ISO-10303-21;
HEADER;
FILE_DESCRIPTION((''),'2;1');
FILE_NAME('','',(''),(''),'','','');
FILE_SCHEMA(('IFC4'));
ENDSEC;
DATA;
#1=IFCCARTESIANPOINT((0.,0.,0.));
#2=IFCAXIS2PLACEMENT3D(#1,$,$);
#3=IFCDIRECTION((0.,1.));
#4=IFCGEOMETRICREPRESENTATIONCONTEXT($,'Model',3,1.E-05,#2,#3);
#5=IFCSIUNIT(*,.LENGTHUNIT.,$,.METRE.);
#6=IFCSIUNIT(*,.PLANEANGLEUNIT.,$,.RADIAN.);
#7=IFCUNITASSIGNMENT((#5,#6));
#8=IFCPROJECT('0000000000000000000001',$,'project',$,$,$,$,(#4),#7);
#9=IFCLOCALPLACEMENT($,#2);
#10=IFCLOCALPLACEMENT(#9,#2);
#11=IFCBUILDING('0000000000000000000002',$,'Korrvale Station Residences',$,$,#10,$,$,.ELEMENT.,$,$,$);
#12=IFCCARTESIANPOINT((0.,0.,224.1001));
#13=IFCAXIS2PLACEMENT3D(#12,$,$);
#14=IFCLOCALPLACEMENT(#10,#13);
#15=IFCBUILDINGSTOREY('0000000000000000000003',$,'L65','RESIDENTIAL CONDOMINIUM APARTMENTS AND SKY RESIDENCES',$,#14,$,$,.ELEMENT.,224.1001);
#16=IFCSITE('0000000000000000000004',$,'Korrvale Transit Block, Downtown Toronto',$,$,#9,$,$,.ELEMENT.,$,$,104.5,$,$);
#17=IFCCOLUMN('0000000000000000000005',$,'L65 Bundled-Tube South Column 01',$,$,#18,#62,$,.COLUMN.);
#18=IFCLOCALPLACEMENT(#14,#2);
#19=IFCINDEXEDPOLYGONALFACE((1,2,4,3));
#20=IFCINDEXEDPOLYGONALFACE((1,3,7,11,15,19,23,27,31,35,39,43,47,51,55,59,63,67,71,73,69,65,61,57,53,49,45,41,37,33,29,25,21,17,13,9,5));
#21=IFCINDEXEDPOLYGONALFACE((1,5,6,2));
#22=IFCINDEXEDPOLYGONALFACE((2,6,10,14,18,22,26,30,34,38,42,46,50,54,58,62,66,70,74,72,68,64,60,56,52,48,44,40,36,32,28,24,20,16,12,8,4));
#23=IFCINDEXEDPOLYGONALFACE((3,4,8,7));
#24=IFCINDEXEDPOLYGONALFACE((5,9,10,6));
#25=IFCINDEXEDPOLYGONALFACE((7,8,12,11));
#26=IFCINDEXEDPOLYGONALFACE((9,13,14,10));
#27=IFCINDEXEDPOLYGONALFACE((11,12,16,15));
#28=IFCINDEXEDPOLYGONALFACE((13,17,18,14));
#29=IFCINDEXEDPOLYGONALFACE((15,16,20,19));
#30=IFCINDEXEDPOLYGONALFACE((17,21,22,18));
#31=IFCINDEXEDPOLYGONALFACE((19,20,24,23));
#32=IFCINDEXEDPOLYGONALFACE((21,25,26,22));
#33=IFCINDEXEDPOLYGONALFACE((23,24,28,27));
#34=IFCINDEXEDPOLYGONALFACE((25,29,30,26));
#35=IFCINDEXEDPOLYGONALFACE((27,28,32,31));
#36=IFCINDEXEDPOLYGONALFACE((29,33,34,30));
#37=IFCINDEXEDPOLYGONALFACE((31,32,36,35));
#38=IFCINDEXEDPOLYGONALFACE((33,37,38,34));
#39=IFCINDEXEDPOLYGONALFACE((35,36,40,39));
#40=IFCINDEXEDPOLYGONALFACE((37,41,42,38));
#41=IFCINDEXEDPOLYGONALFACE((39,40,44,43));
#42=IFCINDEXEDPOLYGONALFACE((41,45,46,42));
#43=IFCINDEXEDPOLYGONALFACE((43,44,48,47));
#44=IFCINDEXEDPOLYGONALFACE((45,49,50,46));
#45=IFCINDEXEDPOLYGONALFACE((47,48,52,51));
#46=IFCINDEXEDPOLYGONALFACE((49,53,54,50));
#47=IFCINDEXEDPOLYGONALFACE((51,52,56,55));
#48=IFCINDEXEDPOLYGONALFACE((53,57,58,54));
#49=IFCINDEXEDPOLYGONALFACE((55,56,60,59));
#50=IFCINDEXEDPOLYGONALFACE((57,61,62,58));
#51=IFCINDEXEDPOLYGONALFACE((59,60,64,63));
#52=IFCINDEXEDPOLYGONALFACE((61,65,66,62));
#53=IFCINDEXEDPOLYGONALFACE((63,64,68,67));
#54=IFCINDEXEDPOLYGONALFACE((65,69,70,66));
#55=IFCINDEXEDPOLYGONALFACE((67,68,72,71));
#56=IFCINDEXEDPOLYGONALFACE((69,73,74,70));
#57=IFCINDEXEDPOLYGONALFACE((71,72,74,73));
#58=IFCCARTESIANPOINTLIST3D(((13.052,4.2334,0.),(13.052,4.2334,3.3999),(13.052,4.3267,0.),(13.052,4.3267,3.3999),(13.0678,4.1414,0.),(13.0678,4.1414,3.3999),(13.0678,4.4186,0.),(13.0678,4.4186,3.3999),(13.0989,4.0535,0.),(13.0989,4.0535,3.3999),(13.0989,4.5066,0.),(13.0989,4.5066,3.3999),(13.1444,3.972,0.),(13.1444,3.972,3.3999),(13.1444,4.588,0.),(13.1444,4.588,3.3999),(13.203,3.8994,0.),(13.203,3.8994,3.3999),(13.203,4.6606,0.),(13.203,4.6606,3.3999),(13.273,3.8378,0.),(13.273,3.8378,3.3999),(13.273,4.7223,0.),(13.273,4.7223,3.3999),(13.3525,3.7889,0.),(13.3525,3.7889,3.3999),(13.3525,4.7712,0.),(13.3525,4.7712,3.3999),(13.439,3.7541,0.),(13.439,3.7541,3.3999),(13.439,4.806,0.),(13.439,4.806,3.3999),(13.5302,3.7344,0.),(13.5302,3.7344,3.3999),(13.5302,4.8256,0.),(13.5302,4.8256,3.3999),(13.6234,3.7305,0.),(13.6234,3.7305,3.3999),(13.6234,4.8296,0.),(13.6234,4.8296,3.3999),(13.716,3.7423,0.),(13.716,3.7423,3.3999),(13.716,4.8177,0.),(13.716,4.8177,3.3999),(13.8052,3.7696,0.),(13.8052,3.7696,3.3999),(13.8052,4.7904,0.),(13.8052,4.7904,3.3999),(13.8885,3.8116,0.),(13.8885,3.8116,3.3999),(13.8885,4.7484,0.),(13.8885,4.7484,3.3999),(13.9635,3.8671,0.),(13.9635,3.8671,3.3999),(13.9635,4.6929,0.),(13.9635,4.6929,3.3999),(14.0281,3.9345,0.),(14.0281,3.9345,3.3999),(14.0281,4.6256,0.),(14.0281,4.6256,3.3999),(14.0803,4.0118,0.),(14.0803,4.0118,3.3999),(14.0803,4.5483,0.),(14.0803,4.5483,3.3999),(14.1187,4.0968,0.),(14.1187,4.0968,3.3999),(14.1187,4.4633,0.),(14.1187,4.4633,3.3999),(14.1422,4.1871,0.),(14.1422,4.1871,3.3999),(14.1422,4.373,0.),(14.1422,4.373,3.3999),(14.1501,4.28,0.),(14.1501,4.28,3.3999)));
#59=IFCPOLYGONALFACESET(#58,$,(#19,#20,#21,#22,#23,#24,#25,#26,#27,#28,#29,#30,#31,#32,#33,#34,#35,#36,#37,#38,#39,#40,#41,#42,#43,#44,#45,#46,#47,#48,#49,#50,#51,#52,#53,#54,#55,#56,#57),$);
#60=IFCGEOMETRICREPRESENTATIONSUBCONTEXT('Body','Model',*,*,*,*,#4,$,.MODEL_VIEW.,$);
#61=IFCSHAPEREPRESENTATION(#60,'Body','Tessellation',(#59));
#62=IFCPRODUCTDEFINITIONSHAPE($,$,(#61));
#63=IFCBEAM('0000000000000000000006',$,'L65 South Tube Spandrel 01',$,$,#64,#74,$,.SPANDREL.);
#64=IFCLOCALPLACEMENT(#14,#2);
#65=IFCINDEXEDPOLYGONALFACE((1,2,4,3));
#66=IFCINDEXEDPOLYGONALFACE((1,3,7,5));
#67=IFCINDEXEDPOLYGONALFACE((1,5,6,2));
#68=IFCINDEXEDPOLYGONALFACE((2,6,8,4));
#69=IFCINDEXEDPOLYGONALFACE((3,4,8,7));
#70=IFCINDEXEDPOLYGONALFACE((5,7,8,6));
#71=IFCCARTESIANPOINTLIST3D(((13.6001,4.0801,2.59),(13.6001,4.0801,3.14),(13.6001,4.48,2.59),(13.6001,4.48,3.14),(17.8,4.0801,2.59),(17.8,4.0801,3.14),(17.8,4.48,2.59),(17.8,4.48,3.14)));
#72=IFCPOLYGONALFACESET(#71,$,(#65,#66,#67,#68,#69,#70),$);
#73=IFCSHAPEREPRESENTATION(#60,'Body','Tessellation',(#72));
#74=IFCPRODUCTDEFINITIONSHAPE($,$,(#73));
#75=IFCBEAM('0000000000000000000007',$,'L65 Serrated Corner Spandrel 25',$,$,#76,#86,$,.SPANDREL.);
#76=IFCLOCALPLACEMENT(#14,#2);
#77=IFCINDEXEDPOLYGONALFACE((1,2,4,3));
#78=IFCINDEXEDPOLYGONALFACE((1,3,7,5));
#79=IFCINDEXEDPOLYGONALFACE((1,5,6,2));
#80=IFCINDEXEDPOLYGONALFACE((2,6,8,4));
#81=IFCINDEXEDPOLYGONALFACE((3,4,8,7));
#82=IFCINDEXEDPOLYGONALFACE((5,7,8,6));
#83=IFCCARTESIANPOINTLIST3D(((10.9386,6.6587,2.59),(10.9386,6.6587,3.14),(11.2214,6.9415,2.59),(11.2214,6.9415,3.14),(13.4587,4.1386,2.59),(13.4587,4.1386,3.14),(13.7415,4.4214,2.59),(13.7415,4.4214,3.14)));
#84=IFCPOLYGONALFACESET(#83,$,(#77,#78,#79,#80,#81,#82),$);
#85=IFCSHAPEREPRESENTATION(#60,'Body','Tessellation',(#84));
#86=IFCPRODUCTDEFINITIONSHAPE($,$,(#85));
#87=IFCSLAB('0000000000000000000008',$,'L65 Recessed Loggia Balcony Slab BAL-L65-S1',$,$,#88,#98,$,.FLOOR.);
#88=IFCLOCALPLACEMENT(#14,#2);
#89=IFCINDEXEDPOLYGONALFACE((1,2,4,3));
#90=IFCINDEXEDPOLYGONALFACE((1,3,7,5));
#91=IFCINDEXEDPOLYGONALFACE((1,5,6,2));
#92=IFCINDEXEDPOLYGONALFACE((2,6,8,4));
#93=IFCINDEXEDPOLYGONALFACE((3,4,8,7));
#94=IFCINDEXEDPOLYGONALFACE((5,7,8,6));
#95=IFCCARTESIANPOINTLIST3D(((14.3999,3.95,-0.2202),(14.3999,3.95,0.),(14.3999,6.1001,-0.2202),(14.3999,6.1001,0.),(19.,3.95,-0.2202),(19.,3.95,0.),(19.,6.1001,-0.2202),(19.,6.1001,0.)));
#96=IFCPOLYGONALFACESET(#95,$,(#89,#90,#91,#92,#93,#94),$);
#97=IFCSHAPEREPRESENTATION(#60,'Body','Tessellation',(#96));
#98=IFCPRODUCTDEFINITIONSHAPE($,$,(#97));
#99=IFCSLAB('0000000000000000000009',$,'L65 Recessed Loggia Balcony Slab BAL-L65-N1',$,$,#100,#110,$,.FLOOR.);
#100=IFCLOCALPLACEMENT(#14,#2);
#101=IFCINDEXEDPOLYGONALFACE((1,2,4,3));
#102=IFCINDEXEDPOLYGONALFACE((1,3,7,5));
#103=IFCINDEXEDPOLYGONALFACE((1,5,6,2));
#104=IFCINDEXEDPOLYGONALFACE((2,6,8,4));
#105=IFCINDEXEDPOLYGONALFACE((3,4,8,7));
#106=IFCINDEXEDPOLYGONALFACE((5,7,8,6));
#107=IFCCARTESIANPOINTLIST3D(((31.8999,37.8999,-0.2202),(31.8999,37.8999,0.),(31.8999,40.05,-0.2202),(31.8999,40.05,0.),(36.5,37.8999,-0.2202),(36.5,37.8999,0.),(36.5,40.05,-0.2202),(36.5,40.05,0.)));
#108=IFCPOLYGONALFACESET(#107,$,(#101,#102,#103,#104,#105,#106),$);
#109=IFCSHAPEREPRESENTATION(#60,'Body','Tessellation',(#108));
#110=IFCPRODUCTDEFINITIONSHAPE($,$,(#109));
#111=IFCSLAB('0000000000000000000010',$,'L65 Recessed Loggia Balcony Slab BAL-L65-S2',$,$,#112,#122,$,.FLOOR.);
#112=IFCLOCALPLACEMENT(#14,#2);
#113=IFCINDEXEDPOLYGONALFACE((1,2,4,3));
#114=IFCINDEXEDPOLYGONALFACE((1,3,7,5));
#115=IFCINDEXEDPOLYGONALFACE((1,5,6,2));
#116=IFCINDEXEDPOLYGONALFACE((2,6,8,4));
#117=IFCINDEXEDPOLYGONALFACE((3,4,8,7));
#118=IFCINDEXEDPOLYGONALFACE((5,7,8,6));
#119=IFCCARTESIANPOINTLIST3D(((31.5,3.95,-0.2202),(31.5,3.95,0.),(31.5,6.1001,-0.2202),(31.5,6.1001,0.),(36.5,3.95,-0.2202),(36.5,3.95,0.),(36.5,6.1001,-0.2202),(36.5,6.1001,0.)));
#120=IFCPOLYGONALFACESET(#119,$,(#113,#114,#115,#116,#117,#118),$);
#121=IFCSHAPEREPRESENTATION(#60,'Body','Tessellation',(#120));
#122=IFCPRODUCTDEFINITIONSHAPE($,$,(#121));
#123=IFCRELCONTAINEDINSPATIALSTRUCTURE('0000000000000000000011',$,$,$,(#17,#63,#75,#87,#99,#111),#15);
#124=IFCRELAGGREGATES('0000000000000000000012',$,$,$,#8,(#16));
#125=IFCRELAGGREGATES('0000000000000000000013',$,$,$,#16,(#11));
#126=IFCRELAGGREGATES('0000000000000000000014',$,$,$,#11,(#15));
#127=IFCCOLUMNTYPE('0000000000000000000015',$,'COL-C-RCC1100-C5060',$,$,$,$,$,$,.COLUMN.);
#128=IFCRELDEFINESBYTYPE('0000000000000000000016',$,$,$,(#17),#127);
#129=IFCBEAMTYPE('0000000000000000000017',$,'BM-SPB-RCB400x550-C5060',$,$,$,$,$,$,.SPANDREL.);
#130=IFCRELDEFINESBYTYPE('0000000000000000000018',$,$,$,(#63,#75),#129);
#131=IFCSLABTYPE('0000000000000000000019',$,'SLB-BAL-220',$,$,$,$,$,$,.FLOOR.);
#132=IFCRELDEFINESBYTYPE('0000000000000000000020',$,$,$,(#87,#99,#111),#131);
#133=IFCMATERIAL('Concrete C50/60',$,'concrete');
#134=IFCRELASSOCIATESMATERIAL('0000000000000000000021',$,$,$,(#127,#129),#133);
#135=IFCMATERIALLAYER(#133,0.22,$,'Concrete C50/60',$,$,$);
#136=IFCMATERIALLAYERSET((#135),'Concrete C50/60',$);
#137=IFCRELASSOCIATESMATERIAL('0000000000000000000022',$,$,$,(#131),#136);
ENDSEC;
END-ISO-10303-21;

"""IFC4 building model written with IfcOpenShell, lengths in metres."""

from ifc_helpers import new_model, si_unit, direction, frame, origin, origin_2d, place, context, subcontext, project, spatial, polyline, rectangle, circle, outline, extrude, material, layer, layer_set, material_profile, profile_set, type_object, element, save


model = new_model("IFC4")

# Units and contexts
model_context = context("Model", 3, precision=1e-05, world=origin(), true_north=direction((0.0, 1.0)))
body_context = subcontext(model_context, "Body", "Model", "MODEL_VIEW")
ifc_project = project(units=[si_unit("LENGTHUNIT", "METRE"), si_unit("PLANEANGLEUNIT", "RADIAN")], contexts=[model_context])

# Site, building, storey
site_placement = place(None, origin())
site = spatial("IfcSite", under=ifc_project, at=site_placement, Name="Korrvale Transit Block, Downtown Toronto", CompositionType="ELEMENT", RefElevation=104.5)
building_placement = place(site_placement, origin())
building = spatial("IfcBuilding", under=site, at=building_placement, Name="Korrvale Station Residences", CompositionType="ELEMENT")
storey_placement = place(building_placement, frame((0.0, 0.0, 224.1001)))
storey = spatial("IfcBuildingStorey", under=building, at=storey_placement, Name="L65", Description="RESIDENTIAL CONDOMINIUM APARTMENTS AND SKY RESIDENCES", CompositionType="ELEMENT", Elevation=224.1001)

# Column
ifc_material_1 = material(Name="Concrete C50/60", Category="concrete")
ifc_material_profile_1 = material_profile(ifc_material_1, circle(Radius=0.55, at=origin_2d()), Name="RCC1100")
ifc_profile_set_1 = profile_set([ifc_material_profile_1], Name="Concrete C50/60")
column_type = type_object("IfcColumnType", Name="COL-C-RCC1100-C5060", PredefinedType="COLUMN", material=ifc_profile_set_1)
column_placement = place(storey_placement, frame((13.6001, 4.28, 0.0), z_axis=(0.0, 0.0, 1.0), x_axis=(1.0, 0.0, 0.0)))
element("IfcColumn", 1, at=column_placement, inside=storey, type_object=column_type, Name="L65 Bundled-Tube South Column 01", PredefinedType="COLUMN", context=body_context, shape_type="SweptSolid", body=[
    extrude(circle(Radius=0.55, at=origin_2d()), origin(), (0.0, 0.0, 1.0), 3.3999),
])

# Beams
ifc_material_profile_2 = material_profile(ifc_material_1, rectangle(XDim=0.3999, YDim=0.55, at=origin_2d()), Name="RCB400x550")
ifc_profile_set_2 = profile_set([ifc_material_profile_2], Name="Concrete C50/60")
beam_type = type_object("IfcBeamType", Name="BM-SPB-RCB400x550-C5060", PredefinedType="SPANDREL", material=ifc_profile_set_2)
beam_1_placement = place(storey_placement, frame((13.6001, 4.28, 2.865), z_axis=(1.0, 0.0, 0.0), x_axis=(0.0, 1.0, 0.0)))
element("IfcBeam", 2, at=beam_1_placement, inside=storey, type_object=beam_type, Name="L65 South Tube Spandrel 01", PredefinedType="SPANDREL", context=body_context, shape_type="SweptSolid", body=[
    extrude(rectangle(XDim=0.3999, YDim=0.55, at=origin_2d()), origin(), (0.0, 0.0, 1.0), 4.2),
])
beam_2_placement = place(storey_placement, frame((13.6001, 4.28, 2.865), z_axis=(-0.707107, 0.707107, 0.0), x_axis=(-0.707107, -0.707107, 0.0)))
element("IfcBeam", 3, at=beam_2_placement, inside=storey, type_object=beam_type, Name="L65 Serrated Corner Spandrel 25", PredefinedType="SPANDREL", context=body_context, shape_type="SweptSolid", body=[
    extrude(rectangle(XDim=0.3999, YDim=0.55, at=origin_2d()), origin(), (0.0, 0.0, 1.0), 3.564),
])

# Slabs
ifc_layer_1 = layer(ifc_material_1, 0.22, Name="Concrete C50/60")
ifc_layer_set_1 = layer_set([ifc_layer_1], Name="Concrete C50/60")
slab_type_1 = type_object("IfcSlabType", Name="SLB-BAL-220", PredefinedType="FLOOR", material=ifc_layer_set_1)
slab_1_placement = place(storey_placement, frame((0.0, 0.0, -0.2202)))
element("IfcSlab", 4, at=slab_1_placement, inside=storey, type_object=slab_type_1, Name="L65 Recessed Loggia Balcony Slab BAL-L65-S1", PredefinedType="FLOOR", context=body_context, shape_type="SweptSolid", body=[
    extrude(outline(polyline([(14.3999, 3.95), (19.0, 3.95), (19.0, 6.1001), (14.3999, 6.1001), (14.3999, 3.95)])), origin(), (0.0, 0.0, 1.0), 0.2202),
])
slab_2_placement = place(storey_placement, frame((0.0, 0.0, -0.2202)))
element("IfcSlab", 5, at=slab_2_placement, inside=storey, type_object=slab_type_1, Name="L65 Recessed Loggia Balcony Slab BAL-L65-N1", PredefinedType="FLOOR", context=body_context, shape_type="SweptSolid", body=[
    extrude(outline(polyline([(31.8999, 37.8999), (36.5, 37.8999), (36.5, 40.05), (31.8999, 40.05), (31.8999, 37.8999)])), origin(), (0.0, 0.0, 1.0), 0.2202),
])
slab_3_placement = place(storey_placement, frame((0.0, 0.0, -0.2202)))
element("IfcSlab", 6, at=slab_3_placement, inside=storey, type_object=slab_type_1, Name="L65 Recessed Loggia Balcony Slab BAL-L65-S2", PredefinedType="FLOOR", context=body_context, shape_type="SweptSolid", body=[
    extrude(outline(polyline([(31.5, 3.95), (36.5, 3.95), (36.5, 6.1001), (31.5, 6.1001), (31.5, 3.95)])), origin(), (0.0, 0.0, 1.0), 0.2202),
])

save(model, "model.ifc")
